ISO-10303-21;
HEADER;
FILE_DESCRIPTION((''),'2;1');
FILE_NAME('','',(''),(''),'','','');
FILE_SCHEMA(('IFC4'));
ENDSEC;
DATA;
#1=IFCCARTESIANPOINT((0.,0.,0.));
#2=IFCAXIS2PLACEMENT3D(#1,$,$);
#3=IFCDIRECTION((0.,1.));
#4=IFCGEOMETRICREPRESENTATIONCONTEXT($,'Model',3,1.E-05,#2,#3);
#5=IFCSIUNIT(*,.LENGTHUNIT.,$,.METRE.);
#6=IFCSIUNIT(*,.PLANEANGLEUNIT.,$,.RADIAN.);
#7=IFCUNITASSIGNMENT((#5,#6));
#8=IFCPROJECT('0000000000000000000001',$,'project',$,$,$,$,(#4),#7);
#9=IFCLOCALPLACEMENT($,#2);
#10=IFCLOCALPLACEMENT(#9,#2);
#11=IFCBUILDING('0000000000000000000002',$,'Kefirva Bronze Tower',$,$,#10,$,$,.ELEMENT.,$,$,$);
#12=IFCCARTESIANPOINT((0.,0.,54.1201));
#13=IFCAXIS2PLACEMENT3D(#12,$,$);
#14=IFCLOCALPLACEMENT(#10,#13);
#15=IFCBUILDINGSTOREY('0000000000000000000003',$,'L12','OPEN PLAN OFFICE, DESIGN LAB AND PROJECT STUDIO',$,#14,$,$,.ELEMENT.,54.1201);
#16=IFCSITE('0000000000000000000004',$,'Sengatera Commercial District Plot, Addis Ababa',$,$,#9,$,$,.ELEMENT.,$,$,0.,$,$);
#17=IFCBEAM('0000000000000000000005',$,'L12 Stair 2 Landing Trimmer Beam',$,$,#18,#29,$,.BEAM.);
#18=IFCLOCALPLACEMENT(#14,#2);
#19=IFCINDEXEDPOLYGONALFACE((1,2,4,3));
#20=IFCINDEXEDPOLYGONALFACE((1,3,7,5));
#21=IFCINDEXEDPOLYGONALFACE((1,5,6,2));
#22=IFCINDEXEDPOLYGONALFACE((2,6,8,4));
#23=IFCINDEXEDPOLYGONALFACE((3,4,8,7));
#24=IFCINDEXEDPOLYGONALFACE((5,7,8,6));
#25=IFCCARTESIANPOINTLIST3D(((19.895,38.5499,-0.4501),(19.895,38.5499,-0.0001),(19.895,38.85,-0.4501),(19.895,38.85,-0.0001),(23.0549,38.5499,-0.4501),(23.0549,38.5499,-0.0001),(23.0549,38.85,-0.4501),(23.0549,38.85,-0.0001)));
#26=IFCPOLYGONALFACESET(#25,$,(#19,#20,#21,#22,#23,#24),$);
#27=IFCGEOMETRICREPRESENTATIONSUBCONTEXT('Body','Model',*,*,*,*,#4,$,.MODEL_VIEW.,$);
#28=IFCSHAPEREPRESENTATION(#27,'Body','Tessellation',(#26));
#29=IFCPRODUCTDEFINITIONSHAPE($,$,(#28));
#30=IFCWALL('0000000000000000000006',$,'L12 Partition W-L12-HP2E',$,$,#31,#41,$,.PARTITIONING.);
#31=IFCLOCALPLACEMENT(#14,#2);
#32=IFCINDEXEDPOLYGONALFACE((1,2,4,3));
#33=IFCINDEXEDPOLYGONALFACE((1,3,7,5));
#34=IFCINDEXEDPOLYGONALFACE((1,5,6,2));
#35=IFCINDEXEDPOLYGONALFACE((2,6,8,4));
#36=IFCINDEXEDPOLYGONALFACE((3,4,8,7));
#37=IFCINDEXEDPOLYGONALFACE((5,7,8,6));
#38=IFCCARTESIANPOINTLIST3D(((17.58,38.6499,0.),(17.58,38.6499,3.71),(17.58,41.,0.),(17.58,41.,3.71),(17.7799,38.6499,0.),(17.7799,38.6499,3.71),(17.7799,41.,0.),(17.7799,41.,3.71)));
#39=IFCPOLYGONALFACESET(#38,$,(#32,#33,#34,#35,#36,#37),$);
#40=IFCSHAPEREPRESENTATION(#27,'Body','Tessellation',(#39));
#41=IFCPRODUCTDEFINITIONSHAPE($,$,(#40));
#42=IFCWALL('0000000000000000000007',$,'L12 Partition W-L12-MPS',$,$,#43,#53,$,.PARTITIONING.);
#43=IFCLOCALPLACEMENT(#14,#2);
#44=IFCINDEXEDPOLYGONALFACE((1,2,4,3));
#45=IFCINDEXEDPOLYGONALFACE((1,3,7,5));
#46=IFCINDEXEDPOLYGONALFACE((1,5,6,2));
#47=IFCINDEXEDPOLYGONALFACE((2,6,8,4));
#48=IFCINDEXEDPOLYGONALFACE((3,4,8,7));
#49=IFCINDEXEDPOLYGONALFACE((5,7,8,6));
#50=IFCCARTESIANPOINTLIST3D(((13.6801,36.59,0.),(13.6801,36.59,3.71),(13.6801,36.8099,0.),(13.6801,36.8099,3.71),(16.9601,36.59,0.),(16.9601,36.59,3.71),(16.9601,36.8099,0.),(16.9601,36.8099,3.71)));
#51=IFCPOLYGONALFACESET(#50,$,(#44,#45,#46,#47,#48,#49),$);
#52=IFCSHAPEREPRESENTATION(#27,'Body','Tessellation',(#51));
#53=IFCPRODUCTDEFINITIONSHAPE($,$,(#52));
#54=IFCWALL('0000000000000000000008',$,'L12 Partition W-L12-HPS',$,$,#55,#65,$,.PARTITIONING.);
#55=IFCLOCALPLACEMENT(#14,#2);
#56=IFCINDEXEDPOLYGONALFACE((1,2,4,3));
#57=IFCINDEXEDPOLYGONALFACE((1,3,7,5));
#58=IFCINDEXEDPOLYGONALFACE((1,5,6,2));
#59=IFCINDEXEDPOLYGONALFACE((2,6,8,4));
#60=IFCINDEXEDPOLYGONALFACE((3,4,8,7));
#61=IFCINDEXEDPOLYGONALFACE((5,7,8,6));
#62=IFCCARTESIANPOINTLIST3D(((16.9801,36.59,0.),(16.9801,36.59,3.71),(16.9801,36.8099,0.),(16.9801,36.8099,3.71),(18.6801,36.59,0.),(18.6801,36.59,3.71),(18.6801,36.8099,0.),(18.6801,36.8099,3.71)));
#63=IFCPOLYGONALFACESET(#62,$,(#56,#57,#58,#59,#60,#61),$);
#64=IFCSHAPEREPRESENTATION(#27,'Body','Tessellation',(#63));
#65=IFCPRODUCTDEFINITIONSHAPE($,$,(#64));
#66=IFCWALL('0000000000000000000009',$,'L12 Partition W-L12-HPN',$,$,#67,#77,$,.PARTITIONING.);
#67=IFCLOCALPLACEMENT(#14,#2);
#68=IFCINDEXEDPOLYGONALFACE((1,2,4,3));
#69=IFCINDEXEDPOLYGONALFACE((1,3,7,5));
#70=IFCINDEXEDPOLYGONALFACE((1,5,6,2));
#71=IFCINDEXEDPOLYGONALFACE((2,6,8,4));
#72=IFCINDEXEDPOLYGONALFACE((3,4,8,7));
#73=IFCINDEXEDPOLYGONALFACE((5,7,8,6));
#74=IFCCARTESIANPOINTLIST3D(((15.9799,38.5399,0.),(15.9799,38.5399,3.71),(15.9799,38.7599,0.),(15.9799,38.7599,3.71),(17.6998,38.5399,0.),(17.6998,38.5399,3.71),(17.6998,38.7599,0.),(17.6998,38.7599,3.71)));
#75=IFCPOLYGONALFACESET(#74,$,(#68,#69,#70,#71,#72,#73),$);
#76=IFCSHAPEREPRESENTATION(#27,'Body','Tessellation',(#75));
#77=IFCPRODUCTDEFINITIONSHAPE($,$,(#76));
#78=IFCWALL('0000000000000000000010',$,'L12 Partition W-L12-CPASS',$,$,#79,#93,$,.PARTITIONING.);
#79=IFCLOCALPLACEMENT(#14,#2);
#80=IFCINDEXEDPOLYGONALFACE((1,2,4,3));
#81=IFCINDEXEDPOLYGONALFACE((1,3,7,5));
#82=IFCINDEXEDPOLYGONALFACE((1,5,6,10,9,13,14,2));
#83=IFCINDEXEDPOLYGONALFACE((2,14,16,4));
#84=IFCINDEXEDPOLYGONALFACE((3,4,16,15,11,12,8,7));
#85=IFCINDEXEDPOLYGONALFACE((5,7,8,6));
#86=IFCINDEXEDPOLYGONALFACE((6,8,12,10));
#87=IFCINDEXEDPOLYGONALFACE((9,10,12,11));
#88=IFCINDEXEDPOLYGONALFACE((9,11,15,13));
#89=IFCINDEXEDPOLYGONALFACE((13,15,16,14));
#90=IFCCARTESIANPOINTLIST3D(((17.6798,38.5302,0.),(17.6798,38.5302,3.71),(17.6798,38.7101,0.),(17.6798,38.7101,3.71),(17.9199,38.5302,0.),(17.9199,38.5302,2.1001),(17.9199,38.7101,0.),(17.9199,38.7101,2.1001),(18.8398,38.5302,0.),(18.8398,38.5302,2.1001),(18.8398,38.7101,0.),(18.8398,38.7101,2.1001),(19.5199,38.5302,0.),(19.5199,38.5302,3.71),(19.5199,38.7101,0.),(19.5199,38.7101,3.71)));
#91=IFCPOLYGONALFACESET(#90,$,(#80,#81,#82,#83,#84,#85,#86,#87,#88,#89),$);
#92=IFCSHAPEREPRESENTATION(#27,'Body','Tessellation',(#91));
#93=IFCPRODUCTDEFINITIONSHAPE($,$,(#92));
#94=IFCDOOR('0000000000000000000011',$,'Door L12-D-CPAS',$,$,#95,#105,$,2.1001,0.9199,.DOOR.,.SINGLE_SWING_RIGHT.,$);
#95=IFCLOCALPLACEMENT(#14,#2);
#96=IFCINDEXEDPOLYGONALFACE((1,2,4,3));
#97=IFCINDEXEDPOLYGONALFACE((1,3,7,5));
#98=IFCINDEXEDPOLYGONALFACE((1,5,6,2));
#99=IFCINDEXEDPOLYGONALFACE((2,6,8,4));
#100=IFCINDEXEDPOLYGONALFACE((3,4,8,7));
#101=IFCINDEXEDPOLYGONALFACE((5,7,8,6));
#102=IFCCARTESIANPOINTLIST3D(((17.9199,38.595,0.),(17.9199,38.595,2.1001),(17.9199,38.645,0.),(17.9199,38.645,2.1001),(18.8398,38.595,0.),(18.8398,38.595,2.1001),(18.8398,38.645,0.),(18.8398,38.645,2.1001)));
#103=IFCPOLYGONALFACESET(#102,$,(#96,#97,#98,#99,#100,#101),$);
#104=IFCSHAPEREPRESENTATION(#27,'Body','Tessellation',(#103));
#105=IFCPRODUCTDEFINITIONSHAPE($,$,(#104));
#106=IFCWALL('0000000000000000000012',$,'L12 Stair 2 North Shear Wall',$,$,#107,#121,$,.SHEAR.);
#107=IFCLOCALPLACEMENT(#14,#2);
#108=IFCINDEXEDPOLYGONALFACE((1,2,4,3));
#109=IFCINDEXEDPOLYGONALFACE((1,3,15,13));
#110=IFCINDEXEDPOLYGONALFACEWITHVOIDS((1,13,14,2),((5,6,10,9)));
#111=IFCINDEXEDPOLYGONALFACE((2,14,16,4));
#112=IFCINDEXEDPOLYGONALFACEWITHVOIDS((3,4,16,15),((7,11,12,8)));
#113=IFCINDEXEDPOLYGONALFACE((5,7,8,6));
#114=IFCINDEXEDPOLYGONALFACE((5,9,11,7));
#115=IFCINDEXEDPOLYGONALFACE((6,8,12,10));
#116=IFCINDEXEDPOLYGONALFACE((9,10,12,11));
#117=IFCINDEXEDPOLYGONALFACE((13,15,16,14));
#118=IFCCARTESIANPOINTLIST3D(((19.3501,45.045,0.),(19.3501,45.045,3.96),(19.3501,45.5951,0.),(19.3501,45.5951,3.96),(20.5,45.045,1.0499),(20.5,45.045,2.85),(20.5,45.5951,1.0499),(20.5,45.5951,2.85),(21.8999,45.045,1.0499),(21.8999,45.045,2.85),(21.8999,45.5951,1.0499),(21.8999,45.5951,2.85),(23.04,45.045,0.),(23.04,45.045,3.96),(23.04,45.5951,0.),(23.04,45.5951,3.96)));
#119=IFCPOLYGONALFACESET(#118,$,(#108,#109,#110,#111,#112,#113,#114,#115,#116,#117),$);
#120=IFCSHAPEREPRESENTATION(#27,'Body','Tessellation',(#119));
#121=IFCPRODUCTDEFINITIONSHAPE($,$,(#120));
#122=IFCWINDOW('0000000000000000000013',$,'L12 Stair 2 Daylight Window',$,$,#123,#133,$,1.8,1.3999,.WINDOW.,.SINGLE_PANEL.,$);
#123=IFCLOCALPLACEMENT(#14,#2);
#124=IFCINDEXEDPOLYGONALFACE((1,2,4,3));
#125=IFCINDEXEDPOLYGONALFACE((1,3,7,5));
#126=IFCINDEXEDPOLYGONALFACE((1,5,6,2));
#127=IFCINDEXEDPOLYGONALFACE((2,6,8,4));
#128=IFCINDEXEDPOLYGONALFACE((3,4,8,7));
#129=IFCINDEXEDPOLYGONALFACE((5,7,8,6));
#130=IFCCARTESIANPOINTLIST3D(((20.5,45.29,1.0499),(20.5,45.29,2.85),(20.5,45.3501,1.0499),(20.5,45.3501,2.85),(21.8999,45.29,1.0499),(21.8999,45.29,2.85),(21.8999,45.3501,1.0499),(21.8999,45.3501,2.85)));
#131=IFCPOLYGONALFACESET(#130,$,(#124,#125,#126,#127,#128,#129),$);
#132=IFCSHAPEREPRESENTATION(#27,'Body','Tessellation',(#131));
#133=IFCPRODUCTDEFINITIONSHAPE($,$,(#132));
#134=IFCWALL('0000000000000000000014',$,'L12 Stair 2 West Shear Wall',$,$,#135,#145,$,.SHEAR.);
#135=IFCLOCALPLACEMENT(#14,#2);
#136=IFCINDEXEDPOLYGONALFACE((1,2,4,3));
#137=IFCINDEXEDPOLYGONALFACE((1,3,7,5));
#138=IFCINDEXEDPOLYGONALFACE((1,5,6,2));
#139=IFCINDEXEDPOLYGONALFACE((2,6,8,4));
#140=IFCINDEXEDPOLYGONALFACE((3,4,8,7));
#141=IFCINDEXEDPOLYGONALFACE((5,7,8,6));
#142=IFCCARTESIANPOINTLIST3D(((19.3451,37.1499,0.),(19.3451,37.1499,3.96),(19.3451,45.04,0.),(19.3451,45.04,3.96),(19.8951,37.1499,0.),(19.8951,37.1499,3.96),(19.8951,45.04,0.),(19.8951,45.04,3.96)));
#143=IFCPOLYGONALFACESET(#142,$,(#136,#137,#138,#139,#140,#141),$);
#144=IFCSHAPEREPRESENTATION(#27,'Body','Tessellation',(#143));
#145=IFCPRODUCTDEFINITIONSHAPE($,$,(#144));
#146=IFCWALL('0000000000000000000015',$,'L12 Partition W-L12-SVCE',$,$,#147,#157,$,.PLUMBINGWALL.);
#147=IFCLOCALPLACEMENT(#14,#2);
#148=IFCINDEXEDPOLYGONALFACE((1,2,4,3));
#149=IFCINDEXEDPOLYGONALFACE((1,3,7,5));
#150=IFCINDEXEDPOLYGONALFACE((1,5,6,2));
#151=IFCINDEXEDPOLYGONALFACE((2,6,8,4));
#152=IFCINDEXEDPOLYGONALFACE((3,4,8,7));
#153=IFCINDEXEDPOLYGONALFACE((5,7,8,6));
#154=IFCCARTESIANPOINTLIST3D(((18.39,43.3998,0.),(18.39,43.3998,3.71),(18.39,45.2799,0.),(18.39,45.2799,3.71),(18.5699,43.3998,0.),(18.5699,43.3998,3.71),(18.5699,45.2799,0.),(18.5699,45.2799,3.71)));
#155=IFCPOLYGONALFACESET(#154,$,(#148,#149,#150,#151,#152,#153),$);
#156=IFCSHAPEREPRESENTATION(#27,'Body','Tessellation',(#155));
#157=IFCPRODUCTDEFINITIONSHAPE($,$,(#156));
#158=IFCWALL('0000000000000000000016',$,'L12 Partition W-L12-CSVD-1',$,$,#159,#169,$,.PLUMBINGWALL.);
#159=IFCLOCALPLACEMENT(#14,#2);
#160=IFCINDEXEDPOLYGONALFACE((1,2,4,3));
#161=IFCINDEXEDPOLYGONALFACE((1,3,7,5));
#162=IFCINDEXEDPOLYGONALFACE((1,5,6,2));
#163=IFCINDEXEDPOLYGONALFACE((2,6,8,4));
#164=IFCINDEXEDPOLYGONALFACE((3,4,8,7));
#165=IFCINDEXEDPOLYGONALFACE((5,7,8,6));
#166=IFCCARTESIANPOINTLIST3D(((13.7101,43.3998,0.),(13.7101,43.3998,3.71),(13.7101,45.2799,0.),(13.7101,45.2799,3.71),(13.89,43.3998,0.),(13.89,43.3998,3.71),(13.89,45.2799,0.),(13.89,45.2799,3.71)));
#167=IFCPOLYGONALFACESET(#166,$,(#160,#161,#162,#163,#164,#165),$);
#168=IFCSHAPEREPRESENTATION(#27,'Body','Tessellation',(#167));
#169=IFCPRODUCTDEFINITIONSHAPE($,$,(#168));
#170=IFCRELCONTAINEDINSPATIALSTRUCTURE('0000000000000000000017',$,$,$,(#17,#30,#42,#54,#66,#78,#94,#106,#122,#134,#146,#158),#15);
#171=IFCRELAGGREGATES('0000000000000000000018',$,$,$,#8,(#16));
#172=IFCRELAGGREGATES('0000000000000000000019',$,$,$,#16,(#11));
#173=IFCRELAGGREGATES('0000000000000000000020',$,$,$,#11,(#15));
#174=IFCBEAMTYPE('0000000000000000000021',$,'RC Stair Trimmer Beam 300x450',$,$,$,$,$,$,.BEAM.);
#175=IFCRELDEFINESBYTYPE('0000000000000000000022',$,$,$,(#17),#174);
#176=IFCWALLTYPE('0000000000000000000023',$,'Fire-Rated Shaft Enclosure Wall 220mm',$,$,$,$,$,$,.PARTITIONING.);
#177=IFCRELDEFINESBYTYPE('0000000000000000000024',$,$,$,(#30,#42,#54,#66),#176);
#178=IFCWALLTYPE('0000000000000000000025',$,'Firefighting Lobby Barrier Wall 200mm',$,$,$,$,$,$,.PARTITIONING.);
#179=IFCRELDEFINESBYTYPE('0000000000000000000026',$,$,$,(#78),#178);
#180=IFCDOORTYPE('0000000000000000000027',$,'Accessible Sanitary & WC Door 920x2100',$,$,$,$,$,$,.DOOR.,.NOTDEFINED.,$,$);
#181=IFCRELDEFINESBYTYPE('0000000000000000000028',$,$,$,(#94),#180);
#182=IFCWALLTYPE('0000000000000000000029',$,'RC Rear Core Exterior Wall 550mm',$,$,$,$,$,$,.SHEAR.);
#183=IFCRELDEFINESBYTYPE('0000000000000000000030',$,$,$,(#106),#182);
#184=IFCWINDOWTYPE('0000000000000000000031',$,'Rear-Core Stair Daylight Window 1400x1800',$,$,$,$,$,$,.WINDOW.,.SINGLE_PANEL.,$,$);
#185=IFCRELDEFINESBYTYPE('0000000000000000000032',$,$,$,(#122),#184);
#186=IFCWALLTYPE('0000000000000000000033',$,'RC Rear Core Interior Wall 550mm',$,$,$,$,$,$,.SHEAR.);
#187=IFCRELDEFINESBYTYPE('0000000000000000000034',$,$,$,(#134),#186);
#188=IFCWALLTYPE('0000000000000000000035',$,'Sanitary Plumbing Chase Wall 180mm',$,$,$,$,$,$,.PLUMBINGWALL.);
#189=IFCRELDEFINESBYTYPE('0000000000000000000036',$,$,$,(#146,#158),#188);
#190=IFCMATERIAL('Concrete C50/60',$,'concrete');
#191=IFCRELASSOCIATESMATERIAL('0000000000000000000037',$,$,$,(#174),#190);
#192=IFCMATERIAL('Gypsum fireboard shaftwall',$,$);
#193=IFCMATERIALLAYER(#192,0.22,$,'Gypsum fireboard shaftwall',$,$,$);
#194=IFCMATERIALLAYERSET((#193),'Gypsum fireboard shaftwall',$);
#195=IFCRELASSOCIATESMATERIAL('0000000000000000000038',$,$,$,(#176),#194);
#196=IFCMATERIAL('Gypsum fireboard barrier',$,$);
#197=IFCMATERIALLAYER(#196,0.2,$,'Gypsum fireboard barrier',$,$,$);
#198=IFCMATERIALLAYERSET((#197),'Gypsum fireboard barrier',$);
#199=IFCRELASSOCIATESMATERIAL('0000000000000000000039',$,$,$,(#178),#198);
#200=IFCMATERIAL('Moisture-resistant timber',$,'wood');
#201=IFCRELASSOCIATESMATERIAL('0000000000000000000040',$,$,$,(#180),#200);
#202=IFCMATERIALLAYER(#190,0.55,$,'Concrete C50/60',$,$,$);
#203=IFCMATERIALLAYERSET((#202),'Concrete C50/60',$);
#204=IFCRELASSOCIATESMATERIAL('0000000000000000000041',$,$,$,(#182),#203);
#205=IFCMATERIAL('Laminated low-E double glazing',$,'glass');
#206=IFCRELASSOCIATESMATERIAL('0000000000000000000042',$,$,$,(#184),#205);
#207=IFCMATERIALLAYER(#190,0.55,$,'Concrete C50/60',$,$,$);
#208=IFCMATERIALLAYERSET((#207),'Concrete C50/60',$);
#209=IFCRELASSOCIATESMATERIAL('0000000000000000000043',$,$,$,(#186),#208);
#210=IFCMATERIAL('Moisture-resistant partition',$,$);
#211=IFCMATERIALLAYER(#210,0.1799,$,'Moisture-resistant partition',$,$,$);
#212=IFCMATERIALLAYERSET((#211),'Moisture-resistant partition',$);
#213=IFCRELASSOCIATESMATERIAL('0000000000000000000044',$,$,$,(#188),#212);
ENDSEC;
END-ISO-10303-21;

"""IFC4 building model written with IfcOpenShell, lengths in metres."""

from ifc_helpers import new_model, si_unit, direction, frame, frame_2d, origin, origin_2d, place, context, subcontext, project, spatial, rectangle, extrude, material, layer, layer_set, material_profile, profile_set, type_object, element, fill, save


model = new_model("IFC4")

# Units and contexts
model_context = context("Model", 3, precision=1e-05, world=origin(), true_north=direction((0.0, 1.0)))
body_context = subcontext(model_context, "Body", "Model", "MODEL_VIEW")
ifc_project = project(units=[si_unit("LENGTHUNIT", "METRE"), si_unit("PLANEANGLEUNIT", "RADIAN")], contexts=[model_context])

# Site, building, storey
site_placement = place(None, origin())
site = spatial("IfcSite", under=ifc_project, at=site_placement, Name="Sengatera Commercial District Plot, Addis Ababa", CompositionType="ELEMENT", RefElevation=0.0)
building_placement = place(site_placement, origin())
building = spatial("IfcBuilding", under=site, at=building_placement, Name="Kefirva Bronze Tower", CompositionType="ELEMENT")
storey_placement = place(building_placement, frame((0.0, 0.0, 54.1201)))
storey = spatial("IfcBuildingStorey", under=building, at=storey_placement, Name="L12", Description="OPEN PLAN OFFICE, DESIGN LAB AND PROJECT STUDIO", CompositionType="ELEMENT", Elevation=54.1201)

# Beam
ifc_material_1 = material(Name="Concrete C50/60", Category="concrete")
ifc_material_profile = material_profile(ifc_material_1, rectangle(XDim=0.3, YDim=0.45, at=origin_2d()), Name="RC 300x450")
ifc_profile_set = profile_set([ifc_material_profile], Name="Concrete C50/60")
beam_type = type_object("IfcBeamType", Name="RC Stair Trimmer Beam 300x450", PredefinedType="BEAM", material=ifc_profile_set)
beam_placement = place(storey_placement, frame((19.895, 38.7, -0.2251), z_axis=(1.0, 0.0, 0.0), x_axis=(0.0, 1.0, 0.0)))
element("IfcBeam", 1, at=beam_placement, inside=storey, type_object=beam_type, Name="L12 Stair 2 Landing Trimmer Beam", PredefinedType="BEAM", context=body_context, shape_type="SweptSolid", body=[
    extrude(rectangle(XDim=0.3, YDim=0.45, at=origin_2d()), origin(), (0.0, 0.0, 1.0), 3.1599),
])

# Shared definitions
ifc_material_2 = material(Name="Gypsum fireboard shaftwall")
ifc_layer_1 = layer(ifc_material_2, 0.22, Name="Gypsum fireboard shaftwall")
ifc_layer_set_1 = layer_set([ifc_layer_1], Name="Gypsum fireboard shaftwall")
wall_type_1 = type_object("IfcWallType", Name="Fire-Rated Shaft Enclosure Wall 220mm", PredefinedType="PARTITIONING", material=ifc_layer_set_1)

# Walls
wall_1_placement = place(storey_placement, frame((17.6799, 38.6499, 0.0), z_axis=(0.0, 0.0, 1.0), x_axis=(0.0, 1.0, 0.0)))
element("IfcWall", 2, at=wall_1_placement, inside=storey, type_object=wall_type_1, Name="L12 Partition W-L12-HP2E", PredefinedType="PARTITIONING", context=body_context, shape_type="SweptSolid", body=[
    extrude(rectangle(XDim=2.3501, YDim=0.2, at=frame_2d((1.175, 0.0))), origin(), (0.0, 0.0, 1.0), 3.71),
])
wall_2_placement = place(storey_placement, frame((13.6799, 36.7, 0.0), z_axis=(0.0, 0.0, 1.0), x_axis=(1.0, 0.0, 0.0)))
element("IfcWall", 3, at=wall_2_placement, inside=storey, type_object=wall_type_1, Name="L12 Partition W-L12-MPS", PredefinedType="PARTITIONING", context=body_context, shape_type="SweptSolid", body=[
    extrude(rectangle(XDim=3.28, YDim=0.22, at=frame_2d((1.6401, 0.0))), origin(), (0.0, 0.0, 1.0), 3.71),
])
wall_3_placement = place(storey_placement, frame((16.98, 36.7, 0.0), z_axis=(0.0, 0.0, 1.0), x_axis=(1.0, 0.0, 0.0)))
element("IfcWall", 4, at=wall_3_placement, inside=storey, type_object=wall_type_1, Name="L12 Partition W-L12-HPS", PredefinedType="PARTITIONING", context=body_context, shape_type="SweptSolid", body=[
    extrude(rectangle(XDim=1.7, YDim=0.22, at=frame_2d((0.8501, 0.0))), origin(), (0.0, 0.0, 1.0), 3.71),
])
wall_4_placement = place(storey_placement, frame((15.98, 38.6499, 0.0), z_axis=(0.0, 0.0, 1.0), x_axis=(1.0, 0.0, 0.0)))
element("IfcWall", 5, at=wall_4_placement, inside=storey, type_object=wall_type_1, Name="L12 Partition W-L12-HPN", PredefinedType="PARTITIONING", context=body_context, shape_type="SweptSolid", body=[
    extrude(rectangle(XDim=1.72, YDim=0.22, at=frame_2d((0.8599, 0.0))), origin(), (0.0, 0.0, 1.0), 3.71),
])

# Wall, opening, door
ifc_material_3 = material(Name="Gypsum fireboard barrier")
ifc_layer_2 = layer(ifc_material_3, 0.2, Name="Gypsum fireboard barrier")
ifc_layer_set_2 = layer_set([ifc_layer_2], Name="Gypsum fireboard barrier")
wall_type_2 = type_object("IfcWallType", Name="Firefighting Lobby Barrier Wall 200mm", PredefinedType="PARTITIONING", material=ifc_layer_set_2)
wall_5_placement = place(storey_placement, frame((17.6799, 38.6201, 0.0), z_axis=(0.0, 0.0, 1.0), x_axis=(1.0, 0.0, 0.0)))
wall_5 = element("IfcWall", 6, at=wall_5_placement, inside=storey, type_object=wall_type_2, Name="L12 Partition W-L12-CPASS", PredefinedType="PARTITIONING", context=body_context, shape_type="SweptSolid", body=[
    extrude(rectangle(XDim=1.8401, YDim=0.1799, at=frame_2d((0.9199, 0.0))), origin(), (0.0, 0.0, 1.0), 3.71),
])
opening_1_placement = place(wall_5_placement, frame((0.24, 0.0, 0.0)))
opening_1 = element("IfcOpeningElement", 7, at=opening_1_placement, cuts=wall_5, PredefinedType="OPENING", context=body_context, shape_type="SweptSolid", body=[
    extrude(rectangle(XDim=0.9199, YDim=2.1001, at=frame_2d((0.46, 1.05))), frame((0.0, 0.1001, 0.0), z_axis=(0.0, -1.0, 0.0), x_axis=(1.0, 0.0, 0.0)), (0.0, 0.0, 1.0), 0.2),
])
ifc_material_4 = material(Name="Moisture-resistant timber", Category="wood")
door_type_1 = type_object("IfcDoorType", Name="Accessible Sanitary & WC Door 920x2100", OperationType="NOTDEFINED", PredefinedType="DOOR", material=ifc_material_4)
door_1_placement = place(opening_1_placement, origin())
door_1 = element("IfcDoor", 8, at=door_1_placement, inside=storey, type_object=door_type_1, Name="Door L12-D-CPAS", OperationType="SINGLE_SWING_RIGHT", OverallHeight=2.1001, OverallWidth=0.9199, PredefinedType="DOOR", context=body_context, shape_type="SweptSolid", body=[
    extrude(rectangle(XDim=0.9199, YDim=2.1001, at=frame_2d((0.46, 1.05))), frame((0.0, 0.0249, 0.0), z_axis=(0.0, -1.0, 0.0), x_axis=(1.0, 0.0, 0.0)), (0.0, 0.0, 1.0), 0.05),
])
fill(opening_1, door_1)

# Wall, opening, window
ifc_layer_3 = layer(ifc_material_1, 0.55, Name="Concrete C50/60")
ifc_layer_set_3 = layer_set([ifc_layer_3], Name="Concrete C50/60")
wall_type_3 = type_object("IfcWallType", Name="RC Rear Core Exterior Wall 550mm", PredefinedType="SHEAR", material=ifc_layer_set_3)
wall_6_placement = place(storey_placement, frame((19.3501, 45.3201, 0.0), z_axis=(0.0, 0.0, 1.0), x_axis=(1.0, 0.0, 0.0)))
wall_6 = element("IfcWall", 9, at=wall_6_placement, inside=storey, type_object=wall_type_3, Name="L12 Stair 2 North Shear Wall", PredefinedType="SHEAR", context=body_context, shape_type="SweptSolid", body=[
    extrude(rectangle(XDim=3.6899, YDim=0.55, at=frame_2d((1.845, 0.0))), origin(), (0.0, 0.0, 1.0), 3.96),
])
opening_2_placement = place(wall_6_placement, frame((1.1499, 0.0, 1.05)))
opening_2 = element("IfcOpeningElement", 10, at=opening_2_placement, cuts=wall_6, PredefinedType="OPENING", context=body_context, shape_type="SweptSolid", body=[
    extrude(rectangle(XDim=1.3999, YDim=1.8, at=frame_2d((0.7, 0.8999))), frame((0.0, 0.2852, 0.0), z_axis=(0.0, -1.0, 0.0), x_axis=(1.0, 0.0, 0.0)), (0.0, 0.0, 1.0), 0.5701),
])
ifc_material_5 = material(Name="Laminated low-E double glazing", Category="glass")
window_type = type_object("IfcWindowType", Name="Rear-Core Stair Daylight Window 1400x1800", PartitioningType="SINGLE_PANEL", PredefinedType="WINDOW", material=ifc_material_5)
window_placement = place(opening_2_placement, origin())
window = element("IfcWindow", 11, at=window_placement, inside=storey, type_object=window_type, Name="L12 Stair 2 Daylight Window", OverallHeight=1.8, OverallWidth=1.3999, PartitioningType="SINGLE_PANEL", PredefinedType="WINDOW", context=body_context, shape_type="SweptSolid", body=[
    extrude(rectangle(XDim=1.3999, YDim=1.8, at=frame_2d((0.7, 0.8999))), frame((0.0, 0.03, 0.0), z_axis=(0.0, -1.0, 0.0), x_axis=(1.0, 0.0, 0.0)), (0.0, 0.0, 1.0), 0.0601),
])
fill(opening_2, window)

# Walls
ifc_layer_4 = layer(ifc_material_1, 0.55, Name="Concrete C50/60")
ifc_layer_set_4 = layer_set([ifc_layer_4], Name="Concrete C50/60")
wall_type_4 = type_object("IfcWallType", Name="RC Rear Core Interior Wall 550mm", PredefinedType="SHEAR", material=ifc_layer_set_4)
wall_7_placement = place(storey_placement, frame((19.6201, 37.1499, 0.0), z_axis=(0.0, 0.0, 1.0), x_axis=(0.0, 1.0, 0.0)))
element("IfcWall", 12, at=wall_7_placement, inside=storey, type_object=wall_type_4, Name="L12 Stair 2 West Shear Wall", PredefinedType="SHEAR", context=body_context, shape_type="SweptSolid", body=[
    extrude(rectangle(XDim=7.8901, YDim=0.55, at=frame_2d((3.9451, 0.0))), origin(), (0.0, 0.0, 1.0), 3.96),
])
ifc_material_6 = material(Name="Moisture-resistant partition")
ifc_layer_5 = layer(ifc_material_6, 0.1799, Name="Moisture-resistant partition")
ifc_layer_set_5 = layer_set([ifc_layer_5], Name="Moisture-resistant partition")
wall_type_5 = type_object("IfcWallType", Name="Sanitary Plumbing Chase Wall 180mm", PredefinedType="PLUMBINGWALL", material=ifc_layer_set_5)
for number, where, z_axis, x_axis, name in (
    (13, (18.48, 43.3999, 0.0), (0.0, 0.0, 1.0), (0.0, 1.0, 0.0), "L12 Partition W-L12-SVCE"),
    (14, (13.8, 43.3999, 0.0), (0.0, 0.0, 1.0), (0.0, 1.0, 0.0), "L12 Partition W-L12-CSVD-1"),
):
    element("IfcWall", number, at=place(storey_placement, frame(where, z_axis=z_axis, x_axis=x_axis)), inside=storey, type_object=wall_type_5, Name=name, PredefinedType="PLUMBINGWALL", context=body_context, shape_type="SweptSolid", body=[
        extrude(rectangle(XDim=1.8801, YDim=0.1799, at=frame_2d((0.9399, 0.0))), origin(), (0.0, 0.0, 1.0), 3.71),
    ])

save(model, "model.ifc")
